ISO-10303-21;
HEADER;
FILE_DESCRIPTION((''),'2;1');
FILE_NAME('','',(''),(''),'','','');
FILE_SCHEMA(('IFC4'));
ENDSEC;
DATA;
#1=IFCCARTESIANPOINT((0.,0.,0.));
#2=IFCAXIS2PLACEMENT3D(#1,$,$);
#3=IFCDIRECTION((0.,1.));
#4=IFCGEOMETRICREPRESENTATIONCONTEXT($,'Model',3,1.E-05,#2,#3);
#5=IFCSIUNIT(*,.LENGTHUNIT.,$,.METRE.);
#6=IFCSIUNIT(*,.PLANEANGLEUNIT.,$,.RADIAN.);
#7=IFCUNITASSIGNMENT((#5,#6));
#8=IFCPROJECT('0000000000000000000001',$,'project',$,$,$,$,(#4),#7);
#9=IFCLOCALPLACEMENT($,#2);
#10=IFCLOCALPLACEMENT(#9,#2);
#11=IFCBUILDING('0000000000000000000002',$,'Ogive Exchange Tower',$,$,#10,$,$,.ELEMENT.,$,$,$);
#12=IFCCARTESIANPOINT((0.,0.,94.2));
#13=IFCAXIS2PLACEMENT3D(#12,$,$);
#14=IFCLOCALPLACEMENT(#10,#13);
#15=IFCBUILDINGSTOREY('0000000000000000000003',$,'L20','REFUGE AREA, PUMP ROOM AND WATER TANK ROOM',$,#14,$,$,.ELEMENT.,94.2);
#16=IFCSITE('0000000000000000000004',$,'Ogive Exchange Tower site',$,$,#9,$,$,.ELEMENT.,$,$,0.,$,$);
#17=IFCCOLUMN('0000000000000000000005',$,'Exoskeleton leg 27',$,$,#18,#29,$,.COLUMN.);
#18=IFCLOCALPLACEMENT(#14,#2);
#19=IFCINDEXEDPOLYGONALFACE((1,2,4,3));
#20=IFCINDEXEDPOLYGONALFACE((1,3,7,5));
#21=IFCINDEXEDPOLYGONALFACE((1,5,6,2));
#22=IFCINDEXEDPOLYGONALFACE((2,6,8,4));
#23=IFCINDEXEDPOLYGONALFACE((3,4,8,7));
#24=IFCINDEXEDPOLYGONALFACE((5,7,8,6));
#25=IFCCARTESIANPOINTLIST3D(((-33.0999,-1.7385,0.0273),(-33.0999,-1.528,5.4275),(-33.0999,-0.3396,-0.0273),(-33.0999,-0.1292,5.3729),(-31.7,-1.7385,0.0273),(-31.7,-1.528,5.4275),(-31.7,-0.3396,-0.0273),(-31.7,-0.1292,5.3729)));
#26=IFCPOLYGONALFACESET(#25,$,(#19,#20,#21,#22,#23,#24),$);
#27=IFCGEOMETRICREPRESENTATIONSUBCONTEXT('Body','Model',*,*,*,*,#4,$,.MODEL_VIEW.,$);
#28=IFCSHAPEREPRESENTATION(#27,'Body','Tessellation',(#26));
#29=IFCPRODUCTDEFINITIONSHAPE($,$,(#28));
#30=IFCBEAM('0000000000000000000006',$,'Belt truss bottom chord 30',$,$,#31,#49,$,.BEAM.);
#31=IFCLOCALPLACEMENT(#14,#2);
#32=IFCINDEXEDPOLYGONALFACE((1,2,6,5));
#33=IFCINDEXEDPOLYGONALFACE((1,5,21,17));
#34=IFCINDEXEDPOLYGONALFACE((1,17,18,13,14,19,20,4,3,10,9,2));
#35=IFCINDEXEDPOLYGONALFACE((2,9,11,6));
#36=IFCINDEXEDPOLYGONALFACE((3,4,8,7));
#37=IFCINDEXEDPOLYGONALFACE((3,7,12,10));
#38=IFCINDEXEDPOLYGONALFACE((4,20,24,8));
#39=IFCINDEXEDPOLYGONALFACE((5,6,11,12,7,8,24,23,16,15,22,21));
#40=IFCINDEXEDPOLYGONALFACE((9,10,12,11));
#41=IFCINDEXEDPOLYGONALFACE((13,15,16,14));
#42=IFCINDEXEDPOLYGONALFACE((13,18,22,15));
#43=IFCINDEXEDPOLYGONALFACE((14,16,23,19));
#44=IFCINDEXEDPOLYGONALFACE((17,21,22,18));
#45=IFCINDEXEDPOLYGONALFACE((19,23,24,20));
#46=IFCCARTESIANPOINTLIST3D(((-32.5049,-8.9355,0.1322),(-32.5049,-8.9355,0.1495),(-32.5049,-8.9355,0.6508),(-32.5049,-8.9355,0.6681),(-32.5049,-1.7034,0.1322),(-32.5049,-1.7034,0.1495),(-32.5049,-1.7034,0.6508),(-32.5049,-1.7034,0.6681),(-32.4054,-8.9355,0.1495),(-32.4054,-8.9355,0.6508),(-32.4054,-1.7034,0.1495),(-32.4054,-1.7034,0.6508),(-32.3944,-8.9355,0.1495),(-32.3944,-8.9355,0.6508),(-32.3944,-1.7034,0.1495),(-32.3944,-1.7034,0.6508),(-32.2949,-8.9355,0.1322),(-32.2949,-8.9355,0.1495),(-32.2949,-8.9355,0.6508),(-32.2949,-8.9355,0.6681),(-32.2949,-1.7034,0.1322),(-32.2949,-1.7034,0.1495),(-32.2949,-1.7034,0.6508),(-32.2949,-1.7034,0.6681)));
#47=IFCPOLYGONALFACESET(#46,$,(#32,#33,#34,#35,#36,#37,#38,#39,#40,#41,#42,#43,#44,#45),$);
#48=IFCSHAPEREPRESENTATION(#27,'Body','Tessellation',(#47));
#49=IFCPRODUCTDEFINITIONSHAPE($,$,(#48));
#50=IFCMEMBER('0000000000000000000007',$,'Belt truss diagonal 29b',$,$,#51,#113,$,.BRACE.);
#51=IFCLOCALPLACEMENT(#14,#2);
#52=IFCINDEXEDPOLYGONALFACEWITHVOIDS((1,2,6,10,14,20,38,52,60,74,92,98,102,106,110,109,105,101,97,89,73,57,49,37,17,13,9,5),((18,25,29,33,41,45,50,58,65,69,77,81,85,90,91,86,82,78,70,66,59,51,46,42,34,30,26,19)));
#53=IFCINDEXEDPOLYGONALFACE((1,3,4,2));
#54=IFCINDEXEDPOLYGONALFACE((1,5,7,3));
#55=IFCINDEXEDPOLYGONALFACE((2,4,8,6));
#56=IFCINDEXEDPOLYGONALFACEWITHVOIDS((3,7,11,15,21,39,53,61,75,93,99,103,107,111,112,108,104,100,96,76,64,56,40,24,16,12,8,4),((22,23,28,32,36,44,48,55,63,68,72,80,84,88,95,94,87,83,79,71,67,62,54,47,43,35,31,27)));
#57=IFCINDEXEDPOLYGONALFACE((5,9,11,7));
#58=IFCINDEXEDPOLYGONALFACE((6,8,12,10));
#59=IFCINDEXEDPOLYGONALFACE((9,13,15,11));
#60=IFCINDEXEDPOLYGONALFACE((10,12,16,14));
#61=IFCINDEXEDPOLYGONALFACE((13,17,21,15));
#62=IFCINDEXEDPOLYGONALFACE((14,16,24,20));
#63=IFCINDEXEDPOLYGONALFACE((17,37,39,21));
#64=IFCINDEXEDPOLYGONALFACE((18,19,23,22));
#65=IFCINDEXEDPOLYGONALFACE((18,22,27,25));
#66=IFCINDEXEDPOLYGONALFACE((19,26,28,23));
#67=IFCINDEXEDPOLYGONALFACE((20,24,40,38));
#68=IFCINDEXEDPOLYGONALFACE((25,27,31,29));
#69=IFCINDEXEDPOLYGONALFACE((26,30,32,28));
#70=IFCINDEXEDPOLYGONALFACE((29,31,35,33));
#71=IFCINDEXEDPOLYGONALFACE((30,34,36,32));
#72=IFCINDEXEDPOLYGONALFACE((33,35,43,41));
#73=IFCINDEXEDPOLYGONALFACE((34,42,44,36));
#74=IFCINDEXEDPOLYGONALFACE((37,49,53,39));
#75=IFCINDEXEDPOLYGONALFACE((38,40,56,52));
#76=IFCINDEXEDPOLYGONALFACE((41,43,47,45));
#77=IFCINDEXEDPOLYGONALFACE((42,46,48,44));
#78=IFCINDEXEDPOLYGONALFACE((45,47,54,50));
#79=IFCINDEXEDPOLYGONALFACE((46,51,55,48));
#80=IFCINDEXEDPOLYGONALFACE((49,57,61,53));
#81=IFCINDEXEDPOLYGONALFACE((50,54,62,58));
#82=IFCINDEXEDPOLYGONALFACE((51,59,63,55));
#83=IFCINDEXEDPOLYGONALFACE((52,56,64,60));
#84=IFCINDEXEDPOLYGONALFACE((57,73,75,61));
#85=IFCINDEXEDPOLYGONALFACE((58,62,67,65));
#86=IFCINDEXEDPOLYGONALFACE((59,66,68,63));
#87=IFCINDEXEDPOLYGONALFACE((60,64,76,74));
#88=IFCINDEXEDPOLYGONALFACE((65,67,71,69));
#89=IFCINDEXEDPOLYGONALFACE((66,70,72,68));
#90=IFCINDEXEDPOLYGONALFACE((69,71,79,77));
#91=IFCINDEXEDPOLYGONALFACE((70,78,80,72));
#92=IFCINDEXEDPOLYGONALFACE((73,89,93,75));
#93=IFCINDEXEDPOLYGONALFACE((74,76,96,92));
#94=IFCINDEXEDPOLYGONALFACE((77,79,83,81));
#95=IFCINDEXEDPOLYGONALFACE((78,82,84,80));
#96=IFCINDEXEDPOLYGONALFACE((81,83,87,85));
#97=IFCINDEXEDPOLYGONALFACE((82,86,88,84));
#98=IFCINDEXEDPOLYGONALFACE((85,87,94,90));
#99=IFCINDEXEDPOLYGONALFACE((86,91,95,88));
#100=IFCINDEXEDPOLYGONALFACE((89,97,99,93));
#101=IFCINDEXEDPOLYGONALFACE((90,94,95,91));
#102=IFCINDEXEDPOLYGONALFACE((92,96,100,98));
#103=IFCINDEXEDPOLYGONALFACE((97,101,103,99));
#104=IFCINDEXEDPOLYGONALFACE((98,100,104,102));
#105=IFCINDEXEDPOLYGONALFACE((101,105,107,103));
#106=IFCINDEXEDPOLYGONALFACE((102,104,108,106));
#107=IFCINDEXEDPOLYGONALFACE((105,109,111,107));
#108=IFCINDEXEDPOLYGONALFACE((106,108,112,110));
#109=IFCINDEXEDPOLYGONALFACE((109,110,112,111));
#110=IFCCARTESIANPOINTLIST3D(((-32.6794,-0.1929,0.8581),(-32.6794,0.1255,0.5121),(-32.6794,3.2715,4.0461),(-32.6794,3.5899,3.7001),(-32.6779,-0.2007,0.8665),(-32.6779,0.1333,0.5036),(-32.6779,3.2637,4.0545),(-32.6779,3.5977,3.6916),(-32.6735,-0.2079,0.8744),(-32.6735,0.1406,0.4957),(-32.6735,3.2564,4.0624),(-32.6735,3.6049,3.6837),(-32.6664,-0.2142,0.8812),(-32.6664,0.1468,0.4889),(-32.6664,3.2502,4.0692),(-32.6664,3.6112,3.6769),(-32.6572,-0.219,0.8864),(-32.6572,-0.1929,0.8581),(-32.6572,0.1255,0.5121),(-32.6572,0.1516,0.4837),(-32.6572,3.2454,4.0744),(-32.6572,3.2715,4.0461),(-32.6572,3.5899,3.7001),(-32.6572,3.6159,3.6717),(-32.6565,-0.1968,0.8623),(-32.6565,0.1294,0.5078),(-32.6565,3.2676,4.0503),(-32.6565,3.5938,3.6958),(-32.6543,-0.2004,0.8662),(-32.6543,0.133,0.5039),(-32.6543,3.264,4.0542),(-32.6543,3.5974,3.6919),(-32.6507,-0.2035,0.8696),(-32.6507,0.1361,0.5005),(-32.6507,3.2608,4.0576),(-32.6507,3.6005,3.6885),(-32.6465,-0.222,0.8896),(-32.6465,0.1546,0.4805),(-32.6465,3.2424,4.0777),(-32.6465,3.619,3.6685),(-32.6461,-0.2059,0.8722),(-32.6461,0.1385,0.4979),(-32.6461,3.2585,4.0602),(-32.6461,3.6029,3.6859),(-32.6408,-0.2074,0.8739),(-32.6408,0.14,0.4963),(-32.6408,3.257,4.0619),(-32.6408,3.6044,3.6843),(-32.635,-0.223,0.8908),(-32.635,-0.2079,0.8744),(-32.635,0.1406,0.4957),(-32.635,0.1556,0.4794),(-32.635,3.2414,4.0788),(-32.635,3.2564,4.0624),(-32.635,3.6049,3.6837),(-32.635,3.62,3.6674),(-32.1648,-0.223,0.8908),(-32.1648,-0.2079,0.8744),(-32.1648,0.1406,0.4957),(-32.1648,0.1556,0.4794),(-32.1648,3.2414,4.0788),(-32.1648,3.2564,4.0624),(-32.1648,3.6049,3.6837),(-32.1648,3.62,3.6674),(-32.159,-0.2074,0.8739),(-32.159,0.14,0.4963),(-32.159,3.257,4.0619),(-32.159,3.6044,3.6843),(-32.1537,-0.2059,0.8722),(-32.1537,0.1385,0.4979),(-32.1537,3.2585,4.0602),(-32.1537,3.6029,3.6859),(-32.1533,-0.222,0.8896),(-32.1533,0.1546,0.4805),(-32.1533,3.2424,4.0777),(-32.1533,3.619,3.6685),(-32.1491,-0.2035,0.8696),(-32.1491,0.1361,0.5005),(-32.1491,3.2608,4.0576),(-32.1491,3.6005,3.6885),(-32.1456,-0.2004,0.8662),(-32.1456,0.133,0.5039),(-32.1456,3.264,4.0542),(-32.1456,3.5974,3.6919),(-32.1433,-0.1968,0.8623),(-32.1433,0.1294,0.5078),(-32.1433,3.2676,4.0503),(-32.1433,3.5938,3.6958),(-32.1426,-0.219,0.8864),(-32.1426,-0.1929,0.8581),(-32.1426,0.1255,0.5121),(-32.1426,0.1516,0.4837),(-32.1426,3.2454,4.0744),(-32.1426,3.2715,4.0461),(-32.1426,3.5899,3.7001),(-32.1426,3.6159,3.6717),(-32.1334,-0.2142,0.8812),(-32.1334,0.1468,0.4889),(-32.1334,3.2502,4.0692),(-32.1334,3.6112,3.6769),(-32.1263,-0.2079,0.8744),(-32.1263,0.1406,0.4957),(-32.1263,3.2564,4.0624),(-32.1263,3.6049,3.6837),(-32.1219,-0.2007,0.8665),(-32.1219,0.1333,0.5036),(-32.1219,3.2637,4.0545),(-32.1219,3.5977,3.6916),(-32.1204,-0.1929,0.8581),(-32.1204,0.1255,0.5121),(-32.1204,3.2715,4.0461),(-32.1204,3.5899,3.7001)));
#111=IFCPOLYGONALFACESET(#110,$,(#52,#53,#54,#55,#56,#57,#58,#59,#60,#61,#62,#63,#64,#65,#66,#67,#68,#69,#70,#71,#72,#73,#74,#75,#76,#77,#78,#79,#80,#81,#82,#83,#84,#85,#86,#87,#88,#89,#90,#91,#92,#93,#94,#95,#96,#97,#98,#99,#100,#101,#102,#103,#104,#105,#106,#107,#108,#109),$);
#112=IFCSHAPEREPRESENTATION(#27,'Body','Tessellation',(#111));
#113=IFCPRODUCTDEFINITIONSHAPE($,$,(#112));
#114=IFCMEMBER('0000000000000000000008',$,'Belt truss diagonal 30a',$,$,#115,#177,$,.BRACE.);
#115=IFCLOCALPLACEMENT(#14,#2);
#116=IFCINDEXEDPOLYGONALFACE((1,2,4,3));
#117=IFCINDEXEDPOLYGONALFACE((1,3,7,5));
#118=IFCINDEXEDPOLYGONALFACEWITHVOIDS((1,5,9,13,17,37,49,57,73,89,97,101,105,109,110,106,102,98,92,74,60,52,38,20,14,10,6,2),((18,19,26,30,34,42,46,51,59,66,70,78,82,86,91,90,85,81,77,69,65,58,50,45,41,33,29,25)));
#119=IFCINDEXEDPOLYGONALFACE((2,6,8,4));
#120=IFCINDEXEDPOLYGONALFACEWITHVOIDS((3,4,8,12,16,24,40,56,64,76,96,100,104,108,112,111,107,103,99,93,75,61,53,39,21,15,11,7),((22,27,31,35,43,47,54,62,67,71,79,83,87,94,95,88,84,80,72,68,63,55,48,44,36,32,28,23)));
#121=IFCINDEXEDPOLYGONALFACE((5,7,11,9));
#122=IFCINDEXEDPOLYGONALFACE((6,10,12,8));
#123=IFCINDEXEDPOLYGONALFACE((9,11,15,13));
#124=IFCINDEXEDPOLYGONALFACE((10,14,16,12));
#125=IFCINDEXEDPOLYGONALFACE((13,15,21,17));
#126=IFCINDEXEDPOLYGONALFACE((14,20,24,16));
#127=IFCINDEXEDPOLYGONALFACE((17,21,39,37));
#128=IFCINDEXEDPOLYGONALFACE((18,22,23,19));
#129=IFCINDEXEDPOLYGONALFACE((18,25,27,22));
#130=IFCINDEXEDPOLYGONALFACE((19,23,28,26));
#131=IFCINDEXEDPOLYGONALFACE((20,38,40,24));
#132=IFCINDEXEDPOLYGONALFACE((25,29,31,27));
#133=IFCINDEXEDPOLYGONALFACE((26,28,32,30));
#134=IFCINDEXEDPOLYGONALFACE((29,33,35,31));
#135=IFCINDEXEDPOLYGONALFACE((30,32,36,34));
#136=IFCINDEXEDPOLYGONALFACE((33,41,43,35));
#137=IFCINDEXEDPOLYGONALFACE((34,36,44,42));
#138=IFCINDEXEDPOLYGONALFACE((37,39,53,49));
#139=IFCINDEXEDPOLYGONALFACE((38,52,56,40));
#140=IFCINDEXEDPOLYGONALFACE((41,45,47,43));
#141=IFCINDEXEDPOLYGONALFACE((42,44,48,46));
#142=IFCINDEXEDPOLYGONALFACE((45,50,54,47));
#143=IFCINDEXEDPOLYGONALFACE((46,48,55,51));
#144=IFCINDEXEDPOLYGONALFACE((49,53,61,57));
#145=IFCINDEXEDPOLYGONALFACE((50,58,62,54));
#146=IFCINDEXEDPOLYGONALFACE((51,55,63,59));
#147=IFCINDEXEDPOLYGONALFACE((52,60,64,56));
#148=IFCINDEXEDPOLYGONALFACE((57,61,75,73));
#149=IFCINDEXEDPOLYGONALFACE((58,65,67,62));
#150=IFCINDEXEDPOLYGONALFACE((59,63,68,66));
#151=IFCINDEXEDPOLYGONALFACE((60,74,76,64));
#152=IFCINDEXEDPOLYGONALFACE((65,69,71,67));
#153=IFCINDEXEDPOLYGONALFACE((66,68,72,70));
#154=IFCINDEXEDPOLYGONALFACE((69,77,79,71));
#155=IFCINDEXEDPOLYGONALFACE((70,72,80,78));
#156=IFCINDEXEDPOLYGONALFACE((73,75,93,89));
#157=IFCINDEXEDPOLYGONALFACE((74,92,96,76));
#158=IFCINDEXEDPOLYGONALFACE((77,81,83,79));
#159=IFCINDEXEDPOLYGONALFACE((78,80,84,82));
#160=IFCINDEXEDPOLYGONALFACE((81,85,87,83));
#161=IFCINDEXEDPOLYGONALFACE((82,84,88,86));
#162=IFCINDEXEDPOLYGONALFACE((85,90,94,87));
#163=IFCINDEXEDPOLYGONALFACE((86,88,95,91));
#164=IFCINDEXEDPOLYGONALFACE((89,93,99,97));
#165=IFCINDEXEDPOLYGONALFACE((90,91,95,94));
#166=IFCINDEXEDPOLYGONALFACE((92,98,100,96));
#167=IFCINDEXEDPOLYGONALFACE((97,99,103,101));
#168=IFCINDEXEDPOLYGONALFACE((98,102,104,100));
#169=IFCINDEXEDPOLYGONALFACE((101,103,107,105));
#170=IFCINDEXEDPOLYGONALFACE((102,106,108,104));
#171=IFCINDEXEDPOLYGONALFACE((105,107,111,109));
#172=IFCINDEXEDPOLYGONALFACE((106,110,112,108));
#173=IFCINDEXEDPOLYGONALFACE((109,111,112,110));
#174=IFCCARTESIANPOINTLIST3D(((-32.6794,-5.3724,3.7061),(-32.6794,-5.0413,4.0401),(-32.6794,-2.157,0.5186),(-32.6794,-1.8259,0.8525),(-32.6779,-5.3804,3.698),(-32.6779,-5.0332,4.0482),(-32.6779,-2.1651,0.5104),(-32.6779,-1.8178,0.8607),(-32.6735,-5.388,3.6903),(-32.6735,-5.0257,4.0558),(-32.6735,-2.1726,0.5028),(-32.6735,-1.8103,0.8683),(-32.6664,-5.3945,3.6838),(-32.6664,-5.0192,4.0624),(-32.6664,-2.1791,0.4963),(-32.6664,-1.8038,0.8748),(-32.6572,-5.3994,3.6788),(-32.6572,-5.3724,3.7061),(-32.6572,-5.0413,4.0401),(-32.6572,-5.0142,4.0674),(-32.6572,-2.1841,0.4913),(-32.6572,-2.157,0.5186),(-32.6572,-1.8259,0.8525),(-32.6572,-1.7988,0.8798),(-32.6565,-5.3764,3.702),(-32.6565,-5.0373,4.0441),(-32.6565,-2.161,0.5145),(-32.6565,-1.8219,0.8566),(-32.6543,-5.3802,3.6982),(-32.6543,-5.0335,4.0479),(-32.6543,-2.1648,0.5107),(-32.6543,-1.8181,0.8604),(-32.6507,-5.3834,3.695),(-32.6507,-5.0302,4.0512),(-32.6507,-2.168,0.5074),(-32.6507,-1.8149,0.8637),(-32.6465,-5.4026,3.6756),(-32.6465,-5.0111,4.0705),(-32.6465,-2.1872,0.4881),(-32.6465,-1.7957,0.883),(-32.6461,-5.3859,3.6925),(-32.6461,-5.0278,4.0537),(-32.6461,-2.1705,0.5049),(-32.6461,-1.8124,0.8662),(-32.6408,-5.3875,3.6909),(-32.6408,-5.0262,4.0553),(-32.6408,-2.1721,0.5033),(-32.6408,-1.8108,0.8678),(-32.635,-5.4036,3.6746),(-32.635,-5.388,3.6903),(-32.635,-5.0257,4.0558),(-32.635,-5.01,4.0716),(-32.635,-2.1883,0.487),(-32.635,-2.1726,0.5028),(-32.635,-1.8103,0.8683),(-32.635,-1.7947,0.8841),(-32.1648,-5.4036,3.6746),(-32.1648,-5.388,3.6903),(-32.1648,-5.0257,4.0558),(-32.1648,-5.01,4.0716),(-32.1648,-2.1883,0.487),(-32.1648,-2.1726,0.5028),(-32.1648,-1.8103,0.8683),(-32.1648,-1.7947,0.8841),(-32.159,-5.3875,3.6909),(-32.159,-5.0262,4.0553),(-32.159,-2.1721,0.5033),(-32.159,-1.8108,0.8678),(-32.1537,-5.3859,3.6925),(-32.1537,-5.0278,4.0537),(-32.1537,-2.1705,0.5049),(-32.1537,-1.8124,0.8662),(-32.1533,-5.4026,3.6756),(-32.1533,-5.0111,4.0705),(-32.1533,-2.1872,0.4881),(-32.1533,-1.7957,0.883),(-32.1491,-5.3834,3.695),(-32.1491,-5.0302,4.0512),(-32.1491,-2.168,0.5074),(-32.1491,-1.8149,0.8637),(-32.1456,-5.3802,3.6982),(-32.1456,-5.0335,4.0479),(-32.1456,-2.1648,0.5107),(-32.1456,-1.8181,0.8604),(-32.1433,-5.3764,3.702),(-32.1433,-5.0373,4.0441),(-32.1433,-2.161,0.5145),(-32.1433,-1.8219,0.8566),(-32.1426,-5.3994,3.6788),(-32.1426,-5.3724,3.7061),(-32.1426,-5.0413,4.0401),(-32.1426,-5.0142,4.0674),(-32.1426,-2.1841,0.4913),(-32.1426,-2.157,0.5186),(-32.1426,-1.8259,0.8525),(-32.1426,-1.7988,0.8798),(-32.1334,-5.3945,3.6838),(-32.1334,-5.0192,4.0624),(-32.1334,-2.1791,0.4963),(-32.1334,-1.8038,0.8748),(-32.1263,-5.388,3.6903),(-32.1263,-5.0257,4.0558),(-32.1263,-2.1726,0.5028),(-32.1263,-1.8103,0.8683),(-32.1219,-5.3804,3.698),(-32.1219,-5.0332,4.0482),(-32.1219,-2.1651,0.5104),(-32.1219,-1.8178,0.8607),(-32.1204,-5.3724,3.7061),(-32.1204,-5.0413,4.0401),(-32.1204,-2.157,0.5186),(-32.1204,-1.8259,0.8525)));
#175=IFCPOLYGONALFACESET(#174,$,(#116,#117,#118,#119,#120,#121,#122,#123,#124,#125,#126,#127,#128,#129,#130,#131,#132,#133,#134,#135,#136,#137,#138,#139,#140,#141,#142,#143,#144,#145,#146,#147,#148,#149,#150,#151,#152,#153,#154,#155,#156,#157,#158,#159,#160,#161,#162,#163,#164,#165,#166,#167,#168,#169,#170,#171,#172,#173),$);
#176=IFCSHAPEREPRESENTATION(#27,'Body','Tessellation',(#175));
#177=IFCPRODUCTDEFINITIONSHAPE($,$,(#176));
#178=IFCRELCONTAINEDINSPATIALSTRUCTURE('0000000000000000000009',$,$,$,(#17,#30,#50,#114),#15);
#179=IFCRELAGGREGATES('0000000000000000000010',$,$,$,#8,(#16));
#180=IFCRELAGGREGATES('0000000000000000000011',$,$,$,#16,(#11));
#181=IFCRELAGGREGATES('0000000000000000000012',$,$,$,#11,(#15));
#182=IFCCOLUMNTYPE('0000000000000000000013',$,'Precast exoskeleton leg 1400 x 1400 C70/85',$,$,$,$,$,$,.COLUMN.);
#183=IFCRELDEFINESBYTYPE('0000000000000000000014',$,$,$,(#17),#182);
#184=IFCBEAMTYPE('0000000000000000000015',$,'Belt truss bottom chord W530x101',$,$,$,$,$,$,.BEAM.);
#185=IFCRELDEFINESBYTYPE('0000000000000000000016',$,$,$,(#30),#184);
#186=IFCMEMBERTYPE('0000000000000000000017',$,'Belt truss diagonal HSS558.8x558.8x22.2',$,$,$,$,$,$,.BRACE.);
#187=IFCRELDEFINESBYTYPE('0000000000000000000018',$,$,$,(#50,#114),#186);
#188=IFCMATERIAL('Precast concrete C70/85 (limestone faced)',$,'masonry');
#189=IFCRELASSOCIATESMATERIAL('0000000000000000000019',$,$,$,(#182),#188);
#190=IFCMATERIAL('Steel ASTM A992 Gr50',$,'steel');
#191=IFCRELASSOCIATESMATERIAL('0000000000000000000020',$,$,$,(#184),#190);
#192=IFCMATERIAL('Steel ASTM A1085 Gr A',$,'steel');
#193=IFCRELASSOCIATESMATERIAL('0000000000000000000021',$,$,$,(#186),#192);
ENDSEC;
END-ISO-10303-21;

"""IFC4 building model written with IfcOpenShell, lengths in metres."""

from ifc_helpers import new_model, si_unit, direction, frame, origin, origin_2d, place, context, subcontext, project, spatial, rectangle, hollow_rectangle, i_section, extrude, material, material_profile, profile_set, type_object, element, save


model = new_model("IFC4")

# Units and contexts
model_context = context("Model", 3, precision=1e-05, world=origin(), true_north=direction((0.0, 1.0)))
body_context = subcontext(model_context, "Body", "Model", "MODEL_VIEW")
ifc_project = project(units=[si_unit("LENGTHUNIT", "METRE"), si_unit("PLANEANGLEUNIT", "RADIAN")], contexts=[model_context])

# Site, building, storey
site_placement = place(None, origin())
site = spatial("IfcSite", under=ifc_project, at=site_placement, Name="Ogive Exchange Tower site", CompositionType="ELEMENT", RefElevation=0.0)
building_placement = place(site_placement, origin())
building = spatial("IfcBuilding", under=site, at=building_placement, Name="Ogive Exchange Tower", CompositionType="ELEMENT")
storey_placement = place(building_placement, frame((0.0, 0.0, 94.2)))
storey = spatial("IfcBuildingStorey", under=building, at=storey_placement, Name="L20", Description="REFUGE AREA, PUMP ROOM AND WATER TANK ROOM", CompositionType="ELEMENT", Elevation=94.2)

# Column
ifc_material_1 = material(Name="Precast concrete C70/85 (limestone faced)", Category="masonry")
ifc_material_profile_1 = material_profile(ifc_material_1, rectangle(XDim=1.3999, YDim=1.3999, at=origin_2d()), Name="1400 x 1400")
ifc_profile_set_1 = profile_set([ifc_material_profile_1], Name="Precast concrete C70/85 (limestone faced)")
column_type = type_object("IfcColumnType", Name="Precast exoskeleton leg 1400 x 1400 C70/85", PredefinedType="COLUMN", material=ifc_profile_set_1)
column_placement = place(storey_placement, frame((-32.3999, -1.0391, 0.0), z_axis=(0.0, 0.038941, 0.999241), x_axis=(-1.0, 0.0, 0.0)))
element("IfcColumn", 1, at=column_placement, inside=storey, type_object=column_type, Name="Exoskeleton leg 27", PredefinedType="COLUMN", context=body_context, shape_type="SweptSolid", body=[
    extrude(rectangle(XDim=1.3999, YDim=1.3999, at=origin_2d()), origin(), (0.0, 0.0, 1.0), 5.4043),
])

# Beam
ifc_material_2 = material(Name="Steel ASTM A992 Gr50", Category="steel")
ifc_material_profile_2 = material_profile(ifc_material_2, i_section(OverallWidth=0.21, OverallDepth=0.5359, WebThickness=0.011, FlangeThickness=0.0173, at=origin_2d()), Name="W530x101")
ifc_profile_set_2 = profile_set([ifc_material_profile_2], Name="Steel ASTM A992 Gr50")
beam_type_1 = type_object("IfcBeamType", Name="Belt truss bottom chord W530x101", PredefinedType="BEAM", material=ifc_profile_set_2)
beam_1_placement = place(storey_placement, frame((-32.3999, -1.7034, 0.4001), z_axis=(0.0, -1.0, 0.0), x_axis=(1.0, 0.0, 0.0)))
element("IfcBeam", 2, at=beam_1_placement, inside=storey, type_object=beam_type_1, Name="Belt truss bottom chord 30", PredefinedType="BEAM", context=body_context, shape_type="SweptSolid", body=[
    extrude(i_section(OverallWidth=0.21, OverallDepth=0.5359, WebThickness=0.011, FlangeThickness=0.0173, at=origin_2d()), origin(), (0.0, 0.0, 1.0), 7.2322),
])

# Members
ifc_material_3 = material(Name="Steel ASTM A1085 Gr A", Category="steel")
ifc_material_profile_3 = material_profile(ifc_material_3, hollow_rectangle(XDim=0.5591, YDim=0.5591, WallThickness=0.0222, InnerFilletRadius=0.0222, OuterFilletRadius=0.0444, at=origin_2d()), Name="HSS558.8x558.8x22.2")
ifc_profile_set_3 = profile_set([ifc_material_profile_3], Name="Steel ASTM A1085 Gr A")
member_type_1 = type_object("IfcMemberType", Name="Belt truss diagonal HSS558.8x558.8x22.2", PredefinedType="BRACE", material=ifc_profile_set_3)
member_1_placement = place(storey_placement, frame((-32.3999, -0.0337, 0.6851), z_axis=(0.0, 0.735848, 0.677146), x_axis=(-1.0, 0.0, 0.0)))
element("IfcMember", 3, at=member_1_placement, inside=storey, type_object=member_type_1, Name="Belt truss diagonal 29b", PredefinedType="BRACE", context=body_context, shape_type="SweptSolid", body=[
    extrude(hollow_rectangle(XDim=0.5591, YDim=0.5591, WallThickness=0.0222, InnerFilletRadius=0.0222, OuterFilletRadius=0.0444, at=origin_2d()), origin(), (0.0, 0.0, 1.0), 4.708),
])
member_2_placement = place(storey_placement, frame((-32.3999, -1.9915, 0.6855), z_axis=(0.0, -0.710174, 0.704026), x_axis=(1.0, 0.0, 0.0)))
element("IfcMember", 4, at=member_2_placement, inside=storey, type_object=member_type_1, Name="Belt truss diagonal 30a", PredefinedType="BRACE", context=body_context, shape_type="SweptSolid", body=[
    extrude(hollow_rectangle(XDim=0.5591, YDim=0.5591, WallThickness=0.0222, InnerFilletRadius=0.0222, OuterFilletRadius=0.0444, at=origin_2d()), origin(), (0.0, 0.0, 1.0), 4.5276),
])

save(model, "model.ifc")
